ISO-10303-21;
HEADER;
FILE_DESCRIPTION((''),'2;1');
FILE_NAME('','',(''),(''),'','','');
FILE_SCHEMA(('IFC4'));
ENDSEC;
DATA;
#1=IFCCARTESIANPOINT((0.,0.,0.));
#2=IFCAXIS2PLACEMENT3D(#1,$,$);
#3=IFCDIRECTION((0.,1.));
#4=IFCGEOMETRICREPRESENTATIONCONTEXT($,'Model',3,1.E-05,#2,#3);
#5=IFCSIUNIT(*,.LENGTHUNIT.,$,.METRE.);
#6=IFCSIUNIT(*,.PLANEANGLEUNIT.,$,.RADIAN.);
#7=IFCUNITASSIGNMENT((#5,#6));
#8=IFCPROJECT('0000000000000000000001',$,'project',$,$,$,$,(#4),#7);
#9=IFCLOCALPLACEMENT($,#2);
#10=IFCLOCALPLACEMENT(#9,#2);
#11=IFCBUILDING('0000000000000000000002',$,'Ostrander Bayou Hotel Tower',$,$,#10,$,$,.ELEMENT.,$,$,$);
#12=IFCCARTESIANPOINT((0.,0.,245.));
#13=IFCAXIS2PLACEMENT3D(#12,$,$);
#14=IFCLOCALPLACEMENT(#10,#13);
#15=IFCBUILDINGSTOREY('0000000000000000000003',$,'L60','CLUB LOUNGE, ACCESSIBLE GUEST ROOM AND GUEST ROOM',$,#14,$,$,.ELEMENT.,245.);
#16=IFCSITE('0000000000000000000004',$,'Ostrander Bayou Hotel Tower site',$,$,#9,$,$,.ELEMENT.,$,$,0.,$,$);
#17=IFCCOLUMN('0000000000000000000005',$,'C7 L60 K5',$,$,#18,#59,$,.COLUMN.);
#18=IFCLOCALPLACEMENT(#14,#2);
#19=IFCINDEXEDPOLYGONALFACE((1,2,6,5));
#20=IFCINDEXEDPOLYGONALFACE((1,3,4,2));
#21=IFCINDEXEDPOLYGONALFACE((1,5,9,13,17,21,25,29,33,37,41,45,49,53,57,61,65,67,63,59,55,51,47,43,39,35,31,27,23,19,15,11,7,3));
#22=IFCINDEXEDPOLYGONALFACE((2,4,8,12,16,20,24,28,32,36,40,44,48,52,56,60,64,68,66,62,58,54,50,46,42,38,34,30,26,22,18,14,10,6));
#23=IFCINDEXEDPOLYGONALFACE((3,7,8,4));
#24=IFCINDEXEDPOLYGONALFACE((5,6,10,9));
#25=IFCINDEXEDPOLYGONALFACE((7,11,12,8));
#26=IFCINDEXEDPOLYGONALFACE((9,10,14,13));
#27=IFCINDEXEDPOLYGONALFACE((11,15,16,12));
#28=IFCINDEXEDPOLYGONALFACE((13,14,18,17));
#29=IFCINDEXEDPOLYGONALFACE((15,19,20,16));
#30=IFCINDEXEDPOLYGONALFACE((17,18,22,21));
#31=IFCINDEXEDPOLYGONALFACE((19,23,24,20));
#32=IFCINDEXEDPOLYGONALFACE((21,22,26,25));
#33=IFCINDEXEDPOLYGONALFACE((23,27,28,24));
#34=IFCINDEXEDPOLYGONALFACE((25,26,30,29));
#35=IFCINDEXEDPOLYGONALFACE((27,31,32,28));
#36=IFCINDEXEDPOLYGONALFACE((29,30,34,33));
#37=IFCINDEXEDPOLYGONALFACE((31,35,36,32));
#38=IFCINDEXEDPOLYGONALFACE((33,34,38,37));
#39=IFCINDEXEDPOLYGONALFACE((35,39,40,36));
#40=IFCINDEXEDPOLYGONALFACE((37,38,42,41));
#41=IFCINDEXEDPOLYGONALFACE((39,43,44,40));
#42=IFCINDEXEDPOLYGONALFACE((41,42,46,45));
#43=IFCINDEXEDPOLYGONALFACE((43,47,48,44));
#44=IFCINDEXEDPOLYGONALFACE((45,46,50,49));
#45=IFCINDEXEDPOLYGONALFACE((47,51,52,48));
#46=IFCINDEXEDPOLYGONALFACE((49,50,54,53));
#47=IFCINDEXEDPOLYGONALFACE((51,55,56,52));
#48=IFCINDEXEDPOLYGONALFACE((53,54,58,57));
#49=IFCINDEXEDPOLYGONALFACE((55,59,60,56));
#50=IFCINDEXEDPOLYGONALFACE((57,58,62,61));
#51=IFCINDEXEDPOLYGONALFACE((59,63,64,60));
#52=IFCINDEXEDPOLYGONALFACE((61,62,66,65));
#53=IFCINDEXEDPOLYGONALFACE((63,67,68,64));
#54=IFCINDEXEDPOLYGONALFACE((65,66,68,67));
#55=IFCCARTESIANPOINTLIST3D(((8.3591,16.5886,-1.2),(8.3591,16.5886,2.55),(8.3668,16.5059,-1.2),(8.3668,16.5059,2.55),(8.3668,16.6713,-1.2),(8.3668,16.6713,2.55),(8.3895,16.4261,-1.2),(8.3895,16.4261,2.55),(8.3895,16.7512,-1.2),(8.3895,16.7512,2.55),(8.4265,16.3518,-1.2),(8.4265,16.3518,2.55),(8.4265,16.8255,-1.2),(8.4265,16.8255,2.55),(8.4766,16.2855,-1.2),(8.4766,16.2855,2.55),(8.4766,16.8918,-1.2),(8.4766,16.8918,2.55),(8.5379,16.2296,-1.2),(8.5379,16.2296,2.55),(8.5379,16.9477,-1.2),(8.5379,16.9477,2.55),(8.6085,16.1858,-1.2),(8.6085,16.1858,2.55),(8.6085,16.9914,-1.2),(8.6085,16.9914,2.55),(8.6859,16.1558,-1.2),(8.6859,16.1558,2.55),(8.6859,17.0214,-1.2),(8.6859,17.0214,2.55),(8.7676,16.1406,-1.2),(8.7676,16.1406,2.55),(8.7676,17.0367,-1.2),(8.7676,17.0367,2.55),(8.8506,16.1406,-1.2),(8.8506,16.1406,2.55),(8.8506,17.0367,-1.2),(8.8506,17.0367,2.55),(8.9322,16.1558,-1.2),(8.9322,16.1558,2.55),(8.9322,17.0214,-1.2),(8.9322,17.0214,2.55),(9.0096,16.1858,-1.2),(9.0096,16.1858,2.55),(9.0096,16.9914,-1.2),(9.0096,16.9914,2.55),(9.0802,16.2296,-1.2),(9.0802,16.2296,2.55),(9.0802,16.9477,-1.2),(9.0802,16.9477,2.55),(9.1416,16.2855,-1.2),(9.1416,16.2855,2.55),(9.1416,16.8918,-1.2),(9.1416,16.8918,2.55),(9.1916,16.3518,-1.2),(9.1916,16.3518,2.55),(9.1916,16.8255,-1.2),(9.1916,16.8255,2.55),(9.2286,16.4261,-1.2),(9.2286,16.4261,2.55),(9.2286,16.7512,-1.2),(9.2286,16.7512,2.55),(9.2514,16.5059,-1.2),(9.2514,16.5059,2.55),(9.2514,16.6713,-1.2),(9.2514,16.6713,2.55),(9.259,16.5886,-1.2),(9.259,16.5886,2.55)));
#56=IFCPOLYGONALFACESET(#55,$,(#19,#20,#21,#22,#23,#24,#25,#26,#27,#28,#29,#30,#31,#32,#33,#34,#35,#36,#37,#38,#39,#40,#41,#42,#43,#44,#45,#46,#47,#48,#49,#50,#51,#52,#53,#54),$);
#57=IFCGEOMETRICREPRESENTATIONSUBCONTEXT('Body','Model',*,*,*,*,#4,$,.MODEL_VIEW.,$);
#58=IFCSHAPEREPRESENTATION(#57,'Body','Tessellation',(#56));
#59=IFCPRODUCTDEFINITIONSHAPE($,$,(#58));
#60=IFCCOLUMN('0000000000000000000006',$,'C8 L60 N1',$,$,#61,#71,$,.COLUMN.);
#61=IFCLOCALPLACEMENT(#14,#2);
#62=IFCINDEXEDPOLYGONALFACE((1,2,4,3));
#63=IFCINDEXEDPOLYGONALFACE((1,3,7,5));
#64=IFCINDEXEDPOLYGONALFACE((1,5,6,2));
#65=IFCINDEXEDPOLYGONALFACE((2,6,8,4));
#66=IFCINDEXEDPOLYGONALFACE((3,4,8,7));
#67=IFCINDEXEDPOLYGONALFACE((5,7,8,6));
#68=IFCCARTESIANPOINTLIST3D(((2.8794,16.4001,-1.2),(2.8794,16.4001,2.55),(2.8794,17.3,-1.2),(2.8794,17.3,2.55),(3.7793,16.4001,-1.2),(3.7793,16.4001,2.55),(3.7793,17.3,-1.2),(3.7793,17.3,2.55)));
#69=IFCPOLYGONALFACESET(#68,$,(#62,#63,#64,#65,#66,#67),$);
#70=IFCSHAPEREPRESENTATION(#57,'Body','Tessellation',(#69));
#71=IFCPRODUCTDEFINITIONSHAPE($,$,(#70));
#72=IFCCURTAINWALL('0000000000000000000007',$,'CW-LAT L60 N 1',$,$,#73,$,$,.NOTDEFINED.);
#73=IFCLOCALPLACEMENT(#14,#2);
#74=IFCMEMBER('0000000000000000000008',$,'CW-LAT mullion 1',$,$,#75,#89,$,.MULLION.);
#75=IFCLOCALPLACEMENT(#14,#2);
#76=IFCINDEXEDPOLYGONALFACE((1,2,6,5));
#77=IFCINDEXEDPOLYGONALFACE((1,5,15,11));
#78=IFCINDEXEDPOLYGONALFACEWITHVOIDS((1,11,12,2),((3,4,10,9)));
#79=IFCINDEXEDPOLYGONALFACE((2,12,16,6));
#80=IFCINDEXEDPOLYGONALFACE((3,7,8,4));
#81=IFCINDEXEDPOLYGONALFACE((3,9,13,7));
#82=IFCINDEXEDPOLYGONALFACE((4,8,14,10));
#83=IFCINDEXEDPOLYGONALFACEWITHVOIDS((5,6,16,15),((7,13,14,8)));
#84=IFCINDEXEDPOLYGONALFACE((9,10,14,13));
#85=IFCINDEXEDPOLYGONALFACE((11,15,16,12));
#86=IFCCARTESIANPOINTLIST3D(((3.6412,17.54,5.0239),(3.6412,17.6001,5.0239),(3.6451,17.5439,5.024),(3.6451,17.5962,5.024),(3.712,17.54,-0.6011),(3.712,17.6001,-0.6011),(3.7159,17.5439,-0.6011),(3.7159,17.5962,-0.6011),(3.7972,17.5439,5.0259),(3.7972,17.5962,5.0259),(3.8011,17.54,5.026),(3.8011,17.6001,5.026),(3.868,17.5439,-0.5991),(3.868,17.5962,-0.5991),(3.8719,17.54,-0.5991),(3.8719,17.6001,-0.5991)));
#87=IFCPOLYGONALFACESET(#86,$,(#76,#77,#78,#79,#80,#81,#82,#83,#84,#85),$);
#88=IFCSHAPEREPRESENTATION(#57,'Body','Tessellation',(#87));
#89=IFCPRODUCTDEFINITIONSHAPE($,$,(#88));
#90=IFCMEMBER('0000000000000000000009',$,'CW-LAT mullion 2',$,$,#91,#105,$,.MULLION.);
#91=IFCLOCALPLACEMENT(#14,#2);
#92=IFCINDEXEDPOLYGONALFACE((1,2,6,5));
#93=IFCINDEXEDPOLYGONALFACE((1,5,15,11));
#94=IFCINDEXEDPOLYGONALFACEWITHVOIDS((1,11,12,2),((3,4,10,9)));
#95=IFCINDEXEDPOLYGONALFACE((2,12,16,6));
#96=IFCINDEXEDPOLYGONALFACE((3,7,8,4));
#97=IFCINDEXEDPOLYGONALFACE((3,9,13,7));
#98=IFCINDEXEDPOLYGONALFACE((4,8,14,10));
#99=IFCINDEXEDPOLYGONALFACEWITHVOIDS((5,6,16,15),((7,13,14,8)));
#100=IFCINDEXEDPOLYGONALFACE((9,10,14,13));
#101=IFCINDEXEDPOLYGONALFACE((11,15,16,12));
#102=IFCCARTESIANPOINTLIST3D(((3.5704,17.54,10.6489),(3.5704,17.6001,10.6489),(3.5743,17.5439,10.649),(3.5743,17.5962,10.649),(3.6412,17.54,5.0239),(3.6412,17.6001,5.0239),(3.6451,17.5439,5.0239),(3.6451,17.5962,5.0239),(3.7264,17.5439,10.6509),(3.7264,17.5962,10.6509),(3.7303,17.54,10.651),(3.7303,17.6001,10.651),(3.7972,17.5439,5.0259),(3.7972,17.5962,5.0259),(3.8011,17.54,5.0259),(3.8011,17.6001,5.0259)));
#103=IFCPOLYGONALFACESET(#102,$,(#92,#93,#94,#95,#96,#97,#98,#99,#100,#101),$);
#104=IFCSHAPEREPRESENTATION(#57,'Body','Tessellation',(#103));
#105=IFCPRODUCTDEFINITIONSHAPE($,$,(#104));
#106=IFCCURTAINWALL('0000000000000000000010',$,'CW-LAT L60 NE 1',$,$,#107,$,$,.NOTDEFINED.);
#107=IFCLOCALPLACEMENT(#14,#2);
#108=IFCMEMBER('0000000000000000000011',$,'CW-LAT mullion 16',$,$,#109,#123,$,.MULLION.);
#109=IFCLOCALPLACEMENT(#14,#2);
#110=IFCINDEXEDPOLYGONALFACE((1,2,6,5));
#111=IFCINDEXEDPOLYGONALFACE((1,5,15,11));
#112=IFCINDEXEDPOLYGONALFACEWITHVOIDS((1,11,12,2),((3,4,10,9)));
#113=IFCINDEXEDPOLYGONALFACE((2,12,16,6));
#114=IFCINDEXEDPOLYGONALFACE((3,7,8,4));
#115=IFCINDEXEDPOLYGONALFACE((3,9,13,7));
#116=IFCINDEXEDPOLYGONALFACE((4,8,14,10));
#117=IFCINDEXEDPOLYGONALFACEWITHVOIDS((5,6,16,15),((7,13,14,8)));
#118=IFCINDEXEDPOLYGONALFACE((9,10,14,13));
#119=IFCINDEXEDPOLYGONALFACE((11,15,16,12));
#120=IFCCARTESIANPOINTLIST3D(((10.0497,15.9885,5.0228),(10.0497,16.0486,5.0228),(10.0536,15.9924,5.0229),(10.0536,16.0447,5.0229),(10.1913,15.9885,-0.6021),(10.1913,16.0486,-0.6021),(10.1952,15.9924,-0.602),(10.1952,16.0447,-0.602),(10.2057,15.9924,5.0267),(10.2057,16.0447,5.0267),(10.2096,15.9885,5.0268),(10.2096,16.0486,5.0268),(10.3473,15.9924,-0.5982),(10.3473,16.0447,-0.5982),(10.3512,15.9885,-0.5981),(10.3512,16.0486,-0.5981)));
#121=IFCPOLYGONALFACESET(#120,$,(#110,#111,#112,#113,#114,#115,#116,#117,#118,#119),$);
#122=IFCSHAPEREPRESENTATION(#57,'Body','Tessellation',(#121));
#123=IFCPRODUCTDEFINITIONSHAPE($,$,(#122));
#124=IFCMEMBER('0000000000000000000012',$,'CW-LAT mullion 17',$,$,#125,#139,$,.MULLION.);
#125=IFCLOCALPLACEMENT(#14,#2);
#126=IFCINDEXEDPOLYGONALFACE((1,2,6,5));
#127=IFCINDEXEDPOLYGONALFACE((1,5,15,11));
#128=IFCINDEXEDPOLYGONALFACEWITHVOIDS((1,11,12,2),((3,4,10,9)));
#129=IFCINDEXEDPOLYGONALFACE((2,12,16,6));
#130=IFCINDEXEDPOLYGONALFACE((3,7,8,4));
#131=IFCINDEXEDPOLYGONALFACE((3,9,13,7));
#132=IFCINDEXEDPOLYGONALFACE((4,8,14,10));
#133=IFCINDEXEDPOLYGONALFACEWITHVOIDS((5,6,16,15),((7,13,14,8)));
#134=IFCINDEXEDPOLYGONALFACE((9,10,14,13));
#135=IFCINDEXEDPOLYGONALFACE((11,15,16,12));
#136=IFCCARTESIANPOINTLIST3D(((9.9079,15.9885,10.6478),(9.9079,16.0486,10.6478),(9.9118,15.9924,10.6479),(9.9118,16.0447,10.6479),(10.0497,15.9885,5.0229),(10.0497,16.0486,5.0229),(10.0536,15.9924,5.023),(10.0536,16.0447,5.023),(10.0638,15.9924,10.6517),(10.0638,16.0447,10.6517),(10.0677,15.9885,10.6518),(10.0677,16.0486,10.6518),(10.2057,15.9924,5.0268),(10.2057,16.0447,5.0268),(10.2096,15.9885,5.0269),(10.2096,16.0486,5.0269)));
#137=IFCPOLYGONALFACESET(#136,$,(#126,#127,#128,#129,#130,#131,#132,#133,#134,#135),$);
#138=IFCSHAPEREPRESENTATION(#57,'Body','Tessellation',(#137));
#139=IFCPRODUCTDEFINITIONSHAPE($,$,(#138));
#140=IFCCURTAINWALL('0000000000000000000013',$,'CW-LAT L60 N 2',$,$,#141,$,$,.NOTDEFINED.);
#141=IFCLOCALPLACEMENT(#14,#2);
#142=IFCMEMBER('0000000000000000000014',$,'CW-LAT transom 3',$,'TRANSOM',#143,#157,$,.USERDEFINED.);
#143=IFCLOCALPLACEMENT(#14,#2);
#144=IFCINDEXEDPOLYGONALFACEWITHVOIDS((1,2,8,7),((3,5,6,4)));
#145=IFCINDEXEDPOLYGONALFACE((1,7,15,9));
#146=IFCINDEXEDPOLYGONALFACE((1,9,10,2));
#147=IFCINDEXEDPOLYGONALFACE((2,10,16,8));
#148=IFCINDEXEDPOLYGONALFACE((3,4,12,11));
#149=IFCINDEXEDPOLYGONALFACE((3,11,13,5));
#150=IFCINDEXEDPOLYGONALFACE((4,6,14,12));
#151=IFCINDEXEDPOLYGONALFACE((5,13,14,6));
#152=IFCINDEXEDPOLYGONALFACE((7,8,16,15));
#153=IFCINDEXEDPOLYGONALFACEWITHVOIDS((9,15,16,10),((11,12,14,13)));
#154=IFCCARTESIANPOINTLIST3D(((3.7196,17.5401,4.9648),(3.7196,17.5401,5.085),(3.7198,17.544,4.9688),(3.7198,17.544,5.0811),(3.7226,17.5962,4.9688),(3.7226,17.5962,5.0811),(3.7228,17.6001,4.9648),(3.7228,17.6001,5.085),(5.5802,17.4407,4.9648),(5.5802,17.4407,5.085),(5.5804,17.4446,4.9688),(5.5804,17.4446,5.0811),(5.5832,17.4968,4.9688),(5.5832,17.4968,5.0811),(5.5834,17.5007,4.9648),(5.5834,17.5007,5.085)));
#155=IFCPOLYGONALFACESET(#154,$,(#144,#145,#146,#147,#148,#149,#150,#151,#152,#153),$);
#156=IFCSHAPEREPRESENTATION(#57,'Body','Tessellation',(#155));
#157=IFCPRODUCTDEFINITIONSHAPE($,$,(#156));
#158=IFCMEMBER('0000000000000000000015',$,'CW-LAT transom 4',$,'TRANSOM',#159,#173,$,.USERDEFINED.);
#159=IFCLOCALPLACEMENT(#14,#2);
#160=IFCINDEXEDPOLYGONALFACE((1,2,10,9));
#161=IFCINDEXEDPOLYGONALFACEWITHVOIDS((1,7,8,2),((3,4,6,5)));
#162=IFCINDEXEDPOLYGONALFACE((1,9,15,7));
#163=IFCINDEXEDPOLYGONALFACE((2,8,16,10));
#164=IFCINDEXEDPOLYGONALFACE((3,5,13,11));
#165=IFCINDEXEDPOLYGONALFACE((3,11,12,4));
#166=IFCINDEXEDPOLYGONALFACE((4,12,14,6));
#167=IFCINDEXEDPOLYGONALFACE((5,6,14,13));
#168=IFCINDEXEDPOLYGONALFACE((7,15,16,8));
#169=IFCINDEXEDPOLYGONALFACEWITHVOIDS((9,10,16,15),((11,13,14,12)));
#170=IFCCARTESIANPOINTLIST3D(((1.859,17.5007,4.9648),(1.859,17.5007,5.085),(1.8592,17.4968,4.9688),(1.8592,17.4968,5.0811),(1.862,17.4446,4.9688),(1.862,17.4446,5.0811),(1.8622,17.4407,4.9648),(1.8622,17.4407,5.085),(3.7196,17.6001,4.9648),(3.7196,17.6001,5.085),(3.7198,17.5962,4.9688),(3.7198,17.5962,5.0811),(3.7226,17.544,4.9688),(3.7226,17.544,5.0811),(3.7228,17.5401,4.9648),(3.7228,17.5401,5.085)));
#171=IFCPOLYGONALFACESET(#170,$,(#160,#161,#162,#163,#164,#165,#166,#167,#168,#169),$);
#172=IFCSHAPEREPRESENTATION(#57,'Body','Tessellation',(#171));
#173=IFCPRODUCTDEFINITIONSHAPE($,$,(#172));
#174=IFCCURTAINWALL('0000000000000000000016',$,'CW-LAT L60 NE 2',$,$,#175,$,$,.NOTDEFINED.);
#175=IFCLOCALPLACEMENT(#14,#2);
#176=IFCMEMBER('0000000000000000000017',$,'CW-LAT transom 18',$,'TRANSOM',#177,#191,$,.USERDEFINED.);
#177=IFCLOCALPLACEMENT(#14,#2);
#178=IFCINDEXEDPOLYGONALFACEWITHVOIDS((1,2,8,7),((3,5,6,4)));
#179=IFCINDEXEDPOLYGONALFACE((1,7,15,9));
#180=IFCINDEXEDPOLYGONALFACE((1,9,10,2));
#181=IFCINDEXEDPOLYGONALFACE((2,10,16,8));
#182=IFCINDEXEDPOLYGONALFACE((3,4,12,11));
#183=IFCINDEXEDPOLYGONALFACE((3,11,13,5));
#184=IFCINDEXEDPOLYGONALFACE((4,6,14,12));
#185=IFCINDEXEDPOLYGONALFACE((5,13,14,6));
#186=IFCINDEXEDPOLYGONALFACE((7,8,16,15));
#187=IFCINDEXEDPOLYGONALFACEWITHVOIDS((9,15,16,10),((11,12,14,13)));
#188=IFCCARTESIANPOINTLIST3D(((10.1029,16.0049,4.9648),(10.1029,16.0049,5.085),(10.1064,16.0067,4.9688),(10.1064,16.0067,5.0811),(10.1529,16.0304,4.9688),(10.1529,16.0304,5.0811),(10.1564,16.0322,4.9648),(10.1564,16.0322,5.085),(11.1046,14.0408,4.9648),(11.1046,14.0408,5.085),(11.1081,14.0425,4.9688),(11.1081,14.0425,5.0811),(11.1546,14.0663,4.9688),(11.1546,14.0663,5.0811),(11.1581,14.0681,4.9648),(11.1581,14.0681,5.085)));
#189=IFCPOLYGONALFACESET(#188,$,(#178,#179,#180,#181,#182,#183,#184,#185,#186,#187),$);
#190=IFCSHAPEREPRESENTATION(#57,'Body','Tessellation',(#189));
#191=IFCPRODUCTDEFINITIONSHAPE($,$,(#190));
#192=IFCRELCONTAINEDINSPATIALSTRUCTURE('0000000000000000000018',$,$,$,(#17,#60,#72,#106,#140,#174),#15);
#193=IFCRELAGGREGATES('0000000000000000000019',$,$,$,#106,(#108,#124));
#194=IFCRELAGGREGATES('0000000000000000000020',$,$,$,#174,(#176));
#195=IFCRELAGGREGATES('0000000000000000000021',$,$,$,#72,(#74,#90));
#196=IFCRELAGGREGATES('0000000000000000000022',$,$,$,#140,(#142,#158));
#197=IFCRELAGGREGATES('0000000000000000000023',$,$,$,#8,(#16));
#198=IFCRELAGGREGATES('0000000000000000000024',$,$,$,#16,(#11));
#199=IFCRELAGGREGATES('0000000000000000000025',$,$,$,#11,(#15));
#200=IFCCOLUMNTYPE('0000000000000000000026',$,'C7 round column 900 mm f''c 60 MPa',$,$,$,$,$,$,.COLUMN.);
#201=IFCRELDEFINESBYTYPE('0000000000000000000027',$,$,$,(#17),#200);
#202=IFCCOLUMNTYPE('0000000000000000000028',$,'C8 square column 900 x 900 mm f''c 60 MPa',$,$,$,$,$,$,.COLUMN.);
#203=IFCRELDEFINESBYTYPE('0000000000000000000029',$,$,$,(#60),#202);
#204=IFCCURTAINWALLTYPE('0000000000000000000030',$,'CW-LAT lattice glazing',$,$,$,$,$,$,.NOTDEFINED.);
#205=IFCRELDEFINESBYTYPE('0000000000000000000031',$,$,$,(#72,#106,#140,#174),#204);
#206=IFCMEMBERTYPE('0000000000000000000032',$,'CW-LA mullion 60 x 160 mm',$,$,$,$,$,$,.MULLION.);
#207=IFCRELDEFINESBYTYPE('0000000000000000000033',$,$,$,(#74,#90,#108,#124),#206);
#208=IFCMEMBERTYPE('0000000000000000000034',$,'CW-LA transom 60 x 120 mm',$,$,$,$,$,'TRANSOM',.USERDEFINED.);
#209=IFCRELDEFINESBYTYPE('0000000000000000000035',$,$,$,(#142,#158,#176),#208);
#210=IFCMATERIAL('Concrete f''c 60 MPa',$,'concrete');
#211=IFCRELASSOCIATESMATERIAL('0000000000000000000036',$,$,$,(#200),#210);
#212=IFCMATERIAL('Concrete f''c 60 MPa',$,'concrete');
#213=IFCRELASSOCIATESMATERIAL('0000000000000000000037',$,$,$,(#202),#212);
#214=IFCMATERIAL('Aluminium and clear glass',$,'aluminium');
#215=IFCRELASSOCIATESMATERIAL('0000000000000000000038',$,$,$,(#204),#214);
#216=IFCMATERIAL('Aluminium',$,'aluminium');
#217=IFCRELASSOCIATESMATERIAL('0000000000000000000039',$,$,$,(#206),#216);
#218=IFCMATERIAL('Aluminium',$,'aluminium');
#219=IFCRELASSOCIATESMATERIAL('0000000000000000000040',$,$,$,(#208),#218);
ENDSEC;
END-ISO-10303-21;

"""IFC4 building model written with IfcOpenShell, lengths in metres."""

from ifc_helpers import new_model, si_unit, direction, frame, origin, origin_2d, place, context, subcontext, project, spatial, rectangle, hollow_rectangle, circle, extrude, material, material_profile, profile_set, type_object, element, aggregate, save


model = new_model("IFC4")

# Units and contexts
model_context = context("Model", 3, precision=1e-05, world=origin(), true_north=direction((0.0, 1.0)))
body_context = subcontext(model_context, "Body", "Model", "MODEL_VIEW")
ifc_project = project(units=[si_unit("LENGTHUNIT", "METRE"), si_unit("PLANEANGLEUNIT", "RADIAN")], contexts=[model_context])

# Site, building, storey
site_placement = place(None, origin())
site = spatial("IfcSite", under=ifc_project, at=site_placement, Name="Ostrander Bayou Hotel Tower site", CompositionType="ELEMENT", RefElevation=0.0)
building_placement = place(site_placement, origin())
building = spatial("IfcBuilding", under=site, at=building_placement, Name="Ostrander Bayou Hotel Tower", CompositionType="ELEMENT")
storey_placement = place(building_placement, frame((0.0, 0.0, 245.0)))
storey = spatial("IfcBuildingStorey", under=building, at=storey_placement, Name="L60", Description="CLUB LOUNGE, ACCESSIBLE GUEST ROOM AND GUEST ROOM", CompositionType="ELEMENT", Elevation=245.0)

# Columns
ifc_material_1 = material(Name="Concrete f'c 60 MPa", Category="concrete")
ifc_material_profile_1 = material_profile(ifc_material_1, circle(Radius=0.45, at=origin_2d()))
ifc_profile_set_1 = profile_set([ifc_material_profile_1], Name="Concrete f'c 60 MPa")
column_type_1 = type_object("IfcColumnType", Name="C7 round column 900 mm f'c 60 MPa", PredefinedType="COLUMN", material=ifc_profile_set_1)
column_1_placement = place(storey_placement, frame((8.8091, 16.5886, -1.2), z_axis=(0.0, 0.0, 1.0), x_axis=(1.0, 0.0, 0.0)))
element("IfcColumn", 1, at=column_1_placement, inside=storey, type_object=column_type_1, Name="C7 L60 K5", PredefinedType="COLUMN", context=body_context, shape_type="SweptSolid", body=[
    extrude(circle(Radius=0.45, at=origin_2d()), origin(), (0.0, 0.0, 1.0), 3.75),
])
ifc_material_2 = material(Name="Concrete f'c 60 MPa", Category="concrete")
ifc_material_profile_2 = material_profile(ifc_material_2, rectangle(XDim=0.8999, YDim=0.8999, at=origin_2d()))
ifc_profile_set_2 = profile_set([ifc_material_profile_2], Name="Concrete f'c 60 MPa")
column_type_2 = type_object("IfcColumnType", Name="C8 square column 900 x 900 mm f'c 60 MPa", PredefinedType="COLUMN", material=ifc_profile_set_2)
column_2_placement = place(storey_placement, frame((3.3293, 16.8501, -1.2), z_axis=(0.0, 0.0, 1.0), x_axis=(1.0, 0.0, 0.0)))
element("IfcColumn", 2, at=column_2_placement, inside=storey, type_object=column_type_2, Name="C8 L60 N1", PredefinedType="COLUMN", context=body_context, shape_type="SweptSolid", body=[
    extrude(rectangle(XDim=0.8999, YDim=0.8999, at=origin_2d()), origin(), (0.0, 0.0, 1.0), 3.75),
])

# Curtain walls, members
ifc_material_3 = material(Name="Aluminium and clear glass", Category="aluminium")
curtain_wall_type = type_object("IfcCurtainWallType", Name="CW-LAT lattice glazing", PredefinedType="NOTDEFINED", material=ifc_material_3)
curtain_wall_1_placement = place(storey_placement, origin())
curtain_wall_1 = element("IfcCurtainWall", 3, at=curtain_wall_1_placement, inside=storey, type_object=curtain_wall_type, Name="CW-LAT L60 N 1", PredefinedType="NOTDEFINED")
ifc_material_4 = material(Name="Aluminium", Category="aluminium")
ifc_material_profile_3 = material_profile(ifc_material_4, hollow_rectangle(XDim=0.0601, YDim=0.1599, WallThickness=0.0039, at=origin_2d()))
ifc_profile_set_3 = profile_set([ifc_material_profile_3], Name="Aluminium")
member_type_1 = type_object("IfcMemberType", Name="CW-LA mullion 60 x 160 mm", PredefinedType="MULLION", material=ifc_profile_set_3)
member_1_placement = place(storey_placement, frame((3.792, 17.5701, -0.6001), z_axis=(-0.012586, 0.0, 0.999921), x_axis=(0.0, -1.0, 0.0)))
member_1 = element("IfcMember", 4, at=member_1_placement, type_object=member_type_1, Name="CW-LAT mullion 1", PredefinedType="MULLION", context=body_context, shape_type="SweptSolid", body=[
    extrude(hollow_rectangle(XDim=0.0601, YDim=0.1599, WallThickness=0.0039, at=origin_2d()), origin(), (0.0, 0.0, 1.0), 5.6255),
])
member_2_placement = place(storey_placement, frame((3.7212, 17.5701, 5.0249), z_axis=(-0.012586, 0.0, 0.999921), x_axis=(0.0, -1.0, 0.0)))
member_2 = element("IfcMember", 5, at=member_2_placement, type_object=member_type_1, Name="CW-LAT mullion 2", PredefinedType="MULLION", context=body_context, shape_type="SweptSolid", body=[
    extrude(hollow_rectangle(XDim=0.0601, YDim=0.1599, WallThickness=0.0039, at=origin_2d()), origin(), (0.0, 0.0, 1.0), 5.6255),
])
curtain_wall_2_placement = place(storey_placement, origin())
curtain_wall_2 = element("IfcCurtainWall", 6, at=curtain_wall_2_placement, inside=storey, type_object=curtain_wall_type, Name="CW-LAT L60 NE 1", PredefinedType="NOTDEFINED")
member_3_placement = place(storey_placement, frame((10.2712, 16.0186, -0.6001), z_axis=(-0.025166, 0.0, 0.999683), x_axis=(0.0, -1.0, 0.0)))
member_3 = element("IfcMember", 7, at=member_3_placement, type_object=member_type_1, Name="CW-LAT mullion 16", PredefinedType="MULLION", context=body_context, shape_type="SweptSolid", body=[
    extrude(hollow_rectangle(XDim=0.0601, YDim=0.1599, WallThickness=0.0039, at=origin_2d()), origin(), (0.0, 0.0, 1.0), 5.6267),
])
member_4_placement = place(storey_placement, frame((10.1296, 16.0186, 5.0249), z_axis=(-0.025209, 0.0, 0.999682), x_axis=(0.0, -1.0, 0.0)))
member_4 = element("IfcMember", 8, at=member_4_placement, type_object=member_type_1, Name="CW-LAT mullion 17", PredefinedType="MULLION", context=body_context, shape_type="SweptSolid", body=[
    extrude(hollow_rectangle(XDim=0.0601, YDim=0.1599, WallThickness=0.0039, at=origin_2d()), origin(), (0.0, 0.0, 1.0), 5.6267),
])
aggregate(curtain_wall_2, [member_3, member_4])
curtain_wall_3_placement = place(storey_placement, origin())
curtain_wall_3 = element("IfcCurtainWall", 9, at=curtain_wall_3_placement, inside=storey, type_object=curtain_wall_type, Name="CW-LAT L60 N 2", PredefinedType="NOTDEFINED")
ifc_material_5 = material(Name="Aluminium", Category="aluminium")
ifc_material_profile_4 = material_profile(ifc_material_5, hollow_rectangle(XDim=0.0601, YDim=0.1201, WallThickness=0.0039, at=origin_2d()))
ifc_profile_set_4 = profile_set([ifc_material_profile_4], Name="Aluminium")
member_type_2 = type_object("IfcMemberType", Name="CW-LA transom 60 x 120 mm", ElementType="TRANSOM", PredefinedType="USERDEFINED", material=ifc_profile_set_4)
member_5_placement = place(storey_placement, frame((3.7212, 17.5701, 5.0249), z_axis=(0.998577, -0.053329, 0.0), x_axis=(0.053329, 0.998577, 0.0)))
member_5 = element("IfcMember", 10, at=member_5_placement, type_object=member_type_2, Name="CW-LAT transom 3", ObjectType="TRANSOM", PredefinedType="USERDEFINED", context=body_context, shape_type="SweptSolid", body=[
    extrude(hollow_rectangle(XDim=0.0601, YDim=0.1201, WallThickness=0.0039, at=origin_2d()), origin(), (0.0, 0.0, 1.0), 1.8633),
])
member_6_placement = place(storey_placement, frame((3.7212, 17.5701, 5.0249), z_axis=(-0.998577, -0.053329, 0.0), x_axis=(0.053329, -0.998577, 0.0)))
member_6 = element("IfcMember", 11, at=member_6_placement, type_object=member_type_2, Name="CW-LAT transom 4", ObjectType="TRANSOM", PredefinedType="USERDEFINED", context=body_context, shape_type="SweptSolid", body=[
    extrude(hollow_rectangle(XDim=0.0601, YDim=0.1201, WallThickness=0.0039, at=origin_2d()), origin(), (0.0, 0.0, 1.0), 1.8633),
])

# Curtain wall, member
curtain_wall_4_placement = place(storey_placement, origin())
curtain_wall_4 = element("IfcCurtainWall", 12, at=curtain_wall_4_placement, inside=storey, type_object=curtain_wall_type, Name="CW-LAT L60 NE 2", PredefinedType="NOTDEFINED")
member_7_placement = place(storey_placement, frame((10.1296, 16.0186, 5.0249), z_axis=(0.45433, -0.890833, 0.0), x_axis=(0.890833, 0.45433, 0.0)))
member_7 = element("IfcMember", 13, at=member_7_placement, type_object=member_type_2, Name="CW-LAT transom 18", ObjectType="TRANSOM", PredefinedType="USERDEFINED", context=body_context, shape_type="SweptSolid", body=[
    extrude(hollow_rectangle(XDim=0.0601, YDim=0.1201, WallThickness=0.0039, at=origin_2d()), origin(), (0.0, 0.0, 1.0), 2.2048),
])
aggregate(curtain_wall_4, [member_7])

aggregate(curtain_wall_1, [member_1, member_2])
aggregate(curtain_wall_3, [member_5, member_6])

save(model, "model.ifc")
